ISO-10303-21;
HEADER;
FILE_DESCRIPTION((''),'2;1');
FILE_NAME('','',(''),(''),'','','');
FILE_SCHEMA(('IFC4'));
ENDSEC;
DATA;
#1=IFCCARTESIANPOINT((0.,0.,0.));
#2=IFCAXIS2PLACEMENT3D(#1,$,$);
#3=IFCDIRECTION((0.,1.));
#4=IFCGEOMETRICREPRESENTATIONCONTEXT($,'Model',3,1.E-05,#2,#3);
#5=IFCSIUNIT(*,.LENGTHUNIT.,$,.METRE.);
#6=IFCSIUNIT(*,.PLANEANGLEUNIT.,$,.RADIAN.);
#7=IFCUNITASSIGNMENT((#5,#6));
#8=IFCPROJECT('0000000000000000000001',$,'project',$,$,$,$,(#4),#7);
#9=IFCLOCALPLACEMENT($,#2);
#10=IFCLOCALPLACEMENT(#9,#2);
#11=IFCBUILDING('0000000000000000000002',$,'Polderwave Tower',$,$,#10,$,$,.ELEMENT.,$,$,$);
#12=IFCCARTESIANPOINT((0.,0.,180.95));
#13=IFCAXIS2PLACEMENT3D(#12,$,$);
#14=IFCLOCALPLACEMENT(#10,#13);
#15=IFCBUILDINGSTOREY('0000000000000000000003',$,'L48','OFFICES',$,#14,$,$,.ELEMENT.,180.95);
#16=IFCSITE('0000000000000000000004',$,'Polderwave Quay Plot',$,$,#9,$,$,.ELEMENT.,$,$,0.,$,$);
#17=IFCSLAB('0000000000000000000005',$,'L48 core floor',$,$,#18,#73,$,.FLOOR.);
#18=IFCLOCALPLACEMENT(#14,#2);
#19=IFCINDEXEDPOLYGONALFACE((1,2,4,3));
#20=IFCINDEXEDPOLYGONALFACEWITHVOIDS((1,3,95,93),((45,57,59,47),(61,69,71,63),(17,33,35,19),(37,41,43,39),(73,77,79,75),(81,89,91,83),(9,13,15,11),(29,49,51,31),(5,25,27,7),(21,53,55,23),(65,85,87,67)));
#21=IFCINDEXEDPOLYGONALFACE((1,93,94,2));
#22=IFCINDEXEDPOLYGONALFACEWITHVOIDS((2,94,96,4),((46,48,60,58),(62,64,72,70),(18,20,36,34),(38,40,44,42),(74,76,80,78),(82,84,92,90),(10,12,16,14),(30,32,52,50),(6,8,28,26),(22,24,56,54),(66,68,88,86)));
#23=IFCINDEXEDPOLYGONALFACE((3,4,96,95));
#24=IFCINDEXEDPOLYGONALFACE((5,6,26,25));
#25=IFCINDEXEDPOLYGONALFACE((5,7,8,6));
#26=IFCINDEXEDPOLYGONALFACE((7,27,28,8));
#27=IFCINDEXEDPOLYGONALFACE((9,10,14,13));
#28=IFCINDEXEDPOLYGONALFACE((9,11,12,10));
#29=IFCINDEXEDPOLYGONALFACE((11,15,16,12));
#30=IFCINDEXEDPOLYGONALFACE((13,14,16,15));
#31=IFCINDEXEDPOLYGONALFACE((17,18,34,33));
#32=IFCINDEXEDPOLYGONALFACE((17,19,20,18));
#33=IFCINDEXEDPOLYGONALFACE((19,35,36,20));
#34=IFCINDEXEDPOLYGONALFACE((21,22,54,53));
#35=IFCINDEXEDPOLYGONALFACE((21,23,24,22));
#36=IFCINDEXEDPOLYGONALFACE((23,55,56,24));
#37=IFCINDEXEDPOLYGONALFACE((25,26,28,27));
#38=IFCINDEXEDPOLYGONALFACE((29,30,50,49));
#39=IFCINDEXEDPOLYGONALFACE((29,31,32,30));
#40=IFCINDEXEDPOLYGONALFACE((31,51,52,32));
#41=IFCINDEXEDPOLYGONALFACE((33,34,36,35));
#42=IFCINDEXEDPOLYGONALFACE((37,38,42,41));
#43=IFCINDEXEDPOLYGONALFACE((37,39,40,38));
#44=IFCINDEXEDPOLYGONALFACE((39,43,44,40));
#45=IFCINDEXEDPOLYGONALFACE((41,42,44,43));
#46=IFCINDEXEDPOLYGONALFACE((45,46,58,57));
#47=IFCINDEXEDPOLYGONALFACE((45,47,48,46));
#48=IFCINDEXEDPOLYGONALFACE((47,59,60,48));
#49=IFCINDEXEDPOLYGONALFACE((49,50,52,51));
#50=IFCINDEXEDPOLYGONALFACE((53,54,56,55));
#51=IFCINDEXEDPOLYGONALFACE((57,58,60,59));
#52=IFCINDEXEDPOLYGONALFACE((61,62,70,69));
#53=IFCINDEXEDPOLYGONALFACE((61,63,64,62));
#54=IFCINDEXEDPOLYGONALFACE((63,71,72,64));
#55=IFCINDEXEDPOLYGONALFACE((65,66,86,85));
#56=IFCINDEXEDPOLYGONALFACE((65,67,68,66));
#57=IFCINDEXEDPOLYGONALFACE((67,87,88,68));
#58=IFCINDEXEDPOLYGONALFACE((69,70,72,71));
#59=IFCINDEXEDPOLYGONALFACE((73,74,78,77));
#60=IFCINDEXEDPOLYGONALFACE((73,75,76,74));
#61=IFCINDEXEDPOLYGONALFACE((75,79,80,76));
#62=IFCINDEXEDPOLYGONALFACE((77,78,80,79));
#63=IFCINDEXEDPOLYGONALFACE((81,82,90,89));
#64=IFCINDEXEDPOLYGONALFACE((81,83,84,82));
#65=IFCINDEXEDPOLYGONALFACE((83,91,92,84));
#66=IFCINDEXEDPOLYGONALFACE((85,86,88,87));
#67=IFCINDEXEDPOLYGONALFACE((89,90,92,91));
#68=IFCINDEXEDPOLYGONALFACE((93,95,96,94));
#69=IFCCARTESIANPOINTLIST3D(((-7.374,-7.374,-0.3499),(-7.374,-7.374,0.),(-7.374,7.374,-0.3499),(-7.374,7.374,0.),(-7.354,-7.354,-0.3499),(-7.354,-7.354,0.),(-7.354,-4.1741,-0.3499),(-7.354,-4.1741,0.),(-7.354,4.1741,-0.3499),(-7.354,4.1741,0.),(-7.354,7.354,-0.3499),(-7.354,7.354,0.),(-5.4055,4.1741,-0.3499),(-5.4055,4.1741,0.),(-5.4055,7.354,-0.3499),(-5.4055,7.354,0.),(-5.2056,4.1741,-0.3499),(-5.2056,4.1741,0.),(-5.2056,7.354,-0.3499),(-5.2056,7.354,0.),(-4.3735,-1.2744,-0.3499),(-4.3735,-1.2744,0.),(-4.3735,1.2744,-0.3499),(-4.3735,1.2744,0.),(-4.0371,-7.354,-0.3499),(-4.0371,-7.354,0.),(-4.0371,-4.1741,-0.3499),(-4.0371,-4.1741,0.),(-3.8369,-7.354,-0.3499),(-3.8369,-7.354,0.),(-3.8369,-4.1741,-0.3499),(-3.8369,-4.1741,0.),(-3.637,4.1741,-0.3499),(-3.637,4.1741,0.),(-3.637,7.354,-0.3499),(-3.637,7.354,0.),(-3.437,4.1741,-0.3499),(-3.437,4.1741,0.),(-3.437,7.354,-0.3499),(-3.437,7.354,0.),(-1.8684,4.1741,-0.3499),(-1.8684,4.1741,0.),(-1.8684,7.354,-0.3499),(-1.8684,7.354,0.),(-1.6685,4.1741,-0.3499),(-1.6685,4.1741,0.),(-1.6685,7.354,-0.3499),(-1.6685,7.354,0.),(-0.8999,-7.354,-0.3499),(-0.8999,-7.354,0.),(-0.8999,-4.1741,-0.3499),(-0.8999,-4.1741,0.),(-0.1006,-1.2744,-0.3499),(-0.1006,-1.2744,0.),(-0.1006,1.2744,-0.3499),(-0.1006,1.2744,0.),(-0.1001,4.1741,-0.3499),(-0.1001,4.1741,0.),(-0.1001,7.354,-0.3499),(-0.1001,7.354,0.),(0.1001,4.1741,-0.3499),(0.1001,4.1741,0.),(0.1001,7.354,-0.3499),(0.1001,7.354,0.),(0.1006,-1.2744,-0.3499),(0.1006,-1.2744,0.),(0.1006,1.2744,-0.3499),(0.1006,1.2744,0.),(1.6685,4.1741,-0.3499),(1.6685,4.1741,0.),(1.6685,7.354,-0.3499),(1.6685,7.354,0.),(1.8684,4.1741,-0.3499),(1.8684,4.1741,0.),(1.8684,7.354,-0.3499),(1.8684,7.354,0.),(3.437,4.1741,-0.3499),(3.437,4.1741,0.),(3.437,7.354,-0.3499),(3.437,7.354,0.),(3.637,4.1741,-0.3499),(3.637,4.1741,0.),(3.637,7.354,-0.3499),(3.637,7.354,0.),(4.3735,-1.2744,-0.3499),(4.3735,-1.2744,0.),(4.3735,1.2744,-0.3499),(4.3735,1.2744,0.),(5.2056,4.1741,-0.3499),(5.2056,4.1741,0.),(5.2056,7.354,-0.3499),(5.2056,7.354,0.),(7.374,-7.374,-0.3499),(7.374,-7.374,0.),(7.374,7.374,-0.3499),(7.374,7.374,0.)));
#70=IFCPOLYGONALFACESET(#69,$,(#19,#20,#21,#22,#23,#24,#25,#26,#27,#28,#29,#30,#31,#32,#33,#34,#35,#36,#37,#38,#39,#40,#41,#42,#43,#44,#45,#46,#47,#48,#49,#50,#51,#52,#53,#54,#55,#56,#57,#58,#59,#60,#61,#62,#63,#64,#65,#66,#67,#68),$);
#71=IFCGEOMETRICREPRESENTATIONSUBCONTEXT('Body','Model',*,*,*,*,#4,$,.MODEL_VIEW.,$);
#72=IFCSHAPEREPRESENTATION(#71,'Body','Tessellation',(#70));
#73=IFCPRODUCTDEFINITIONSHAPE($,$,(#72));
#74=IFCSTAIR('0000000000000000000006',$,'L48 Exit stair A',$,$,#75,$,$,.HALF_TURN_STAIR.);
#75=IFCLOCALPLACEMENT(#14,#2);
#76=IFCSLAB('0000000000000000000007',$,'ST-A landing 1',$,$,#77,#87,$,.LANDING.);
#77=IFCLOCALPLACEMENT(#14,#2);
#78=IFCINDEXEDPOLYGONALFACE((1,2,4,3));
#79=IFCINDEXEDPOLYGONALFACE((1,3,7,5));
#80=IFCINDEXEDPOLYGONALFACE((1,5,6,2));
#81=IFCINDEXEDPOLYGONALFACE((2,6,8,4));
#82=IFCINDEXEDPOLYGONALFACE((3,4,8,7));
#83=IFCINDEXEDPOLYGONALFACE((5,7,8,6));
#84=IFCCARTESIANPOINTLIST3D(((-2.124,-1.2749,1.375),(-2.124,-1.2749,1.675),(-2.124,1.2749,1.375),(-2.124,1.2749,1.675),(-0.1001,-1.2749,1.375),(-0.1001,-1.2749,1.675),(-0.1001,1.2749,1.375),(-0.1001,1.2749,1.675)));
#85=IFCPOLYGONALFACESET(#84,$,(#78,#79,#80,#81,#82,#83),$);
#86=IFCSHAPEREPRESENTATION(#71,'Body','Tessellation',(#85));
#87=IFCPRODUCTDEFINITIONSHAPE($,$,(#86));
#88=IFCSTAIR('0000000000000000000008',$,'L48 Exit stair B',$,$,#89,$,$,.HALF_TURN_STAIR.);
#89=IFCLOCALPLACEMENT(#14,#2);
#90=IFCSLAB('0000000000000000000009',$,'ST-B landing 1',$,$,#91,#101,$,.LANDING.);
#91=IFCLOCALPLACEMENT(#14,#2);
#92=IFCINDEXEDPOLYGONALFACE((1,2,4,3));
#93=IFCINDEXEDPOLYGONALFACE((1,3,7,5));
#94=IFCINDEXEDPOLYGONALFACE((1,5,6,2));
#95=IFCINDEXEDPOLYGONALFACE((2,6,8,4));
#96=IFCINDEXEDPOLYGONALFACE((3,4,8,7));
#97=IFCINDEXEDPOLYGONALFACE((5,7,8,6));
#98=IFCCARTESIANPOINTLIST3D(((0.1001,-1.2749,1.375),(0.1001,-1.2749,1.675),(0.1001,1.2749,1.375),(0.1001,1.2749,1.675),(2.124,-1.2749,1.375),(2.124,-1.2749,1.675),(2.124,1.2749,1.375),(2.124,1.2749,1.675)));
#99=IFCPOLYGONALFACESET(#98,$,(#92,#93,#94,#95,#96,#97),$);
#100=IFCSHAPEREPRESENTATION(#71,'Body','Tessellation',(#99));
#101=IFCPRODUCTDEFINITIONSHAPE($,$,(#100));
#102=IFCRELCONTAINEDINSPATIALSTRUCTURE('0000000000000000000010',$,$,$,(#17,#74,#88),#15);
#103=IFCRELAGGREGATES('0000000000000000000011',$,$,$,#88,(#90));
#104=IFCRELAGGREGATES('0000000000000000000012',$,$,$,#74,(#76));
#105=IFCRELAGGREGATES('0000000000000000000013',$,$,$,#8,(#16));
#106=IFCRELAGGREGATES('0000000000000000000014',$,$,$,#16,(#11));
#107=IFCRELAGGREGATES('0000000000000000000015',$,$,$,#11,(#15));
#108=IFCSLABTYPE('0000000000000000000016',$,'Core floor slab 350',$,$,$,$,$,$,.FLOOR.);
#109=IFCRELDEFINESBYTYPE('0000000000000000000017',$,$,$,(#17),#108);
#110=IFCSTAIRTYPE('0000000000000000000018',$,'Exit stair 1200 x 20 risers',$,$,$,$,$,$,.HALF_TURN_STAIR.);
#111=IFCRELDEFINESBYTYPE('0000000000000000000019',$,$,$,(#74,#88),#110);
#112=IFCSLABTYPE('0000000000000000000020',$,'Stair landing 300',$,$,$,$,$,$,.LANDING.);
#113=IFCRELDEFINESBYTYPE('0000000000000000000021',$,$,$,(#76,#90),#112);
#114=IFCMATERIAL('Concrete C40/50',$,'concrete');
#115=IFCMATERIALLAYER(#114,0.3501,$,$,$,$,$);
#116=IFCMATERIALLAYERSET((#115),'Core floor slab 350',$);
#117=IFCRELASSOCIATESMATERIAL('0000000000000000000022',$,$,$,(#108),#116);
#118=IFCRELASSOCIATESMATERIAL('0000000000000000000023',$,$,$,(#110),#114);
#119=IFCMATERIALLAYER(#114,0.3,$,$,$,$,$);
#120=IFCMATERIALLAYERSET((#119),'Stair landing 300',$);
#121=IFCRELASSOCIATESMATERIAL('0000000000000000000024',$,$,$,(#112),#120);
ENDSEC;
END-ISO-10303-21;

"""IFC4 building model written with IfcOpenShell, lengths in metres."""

from ifc_helpers import new_model, si_unit, direction, frame, origin, place, context, subcontext, project, spatial, polyline, outline, extrude, material, layer, layer_set, type_object, element, aggregate, save


model = new_model("IFC4")

# Units and contexts
model_context = context("Model", 3, precision=1e-05, world=origin(), true_north=direction((0.0, 1.0)))
body_context = subcontext(model_context, "Body", "Model", "MODEL_VIEW")
ifc_project = project(units=[si_unit("LENGTHUNIT", "METRE"), si_unit("PLANEANGLEUNIT", "RADIAN")], contexts=[model_context])

# Site, building, storey
site_placement = place(None, origin())
site = spatial("IfcSite", under=ifc_project, at=site_placement, Name="Polderwave Quay Plot", CompositionType="ELEMENT", RefElevation=0.0)
building_placement = place(site_placement, origin())
building = spatial("IfcBuilding", under=site, at=building_placement, Name="Polderwave Tower", CompositionType="ELEMENT")
storey_placement = place(building_placement, frame((0.0, 0.0, 180.95)))
storey = spatial("IfcBuildingStorey", under=building, at=storey_placement, Name="L48", Description="OFFICES", CompositionType="ELEMENT", Elevation=180.95)

# Slab
ifc_material_1 = material(Name="Concrete C40/50", Category="concrete")
ifc_layer_1 = layer(ifc_material_1, 0.3501)
ifc_layer_set_1 = layer_set([ifc_layer_1], Name="Core floor slab 350")
slab_type_1 = type_object("IfcSlabType", Name="Core floor slab 350", PredefinedType="FLOOR", material=ifc_layer_set_1)
slab_1_placement = place(storey_placement, frame((0.0, 0.0, -0.3499)))
element("IfcSlab", 1, at=slab_1_placement, inside=storey, type_object=slab_type_1, Name="L48 core floor", PredefinedType="FLOOR", context=body_context, shape_type="SweptSolid", body=[
    extrude(outline(polyline([(-7.374, -7.374), (7.374, -7.374), (7.374, 7.374), (-7.374, 7.374), (-7.374, -7.374)]), holes=[polyline([(-7.354, -7.354), (-4.0371, -7.354), (-4.0371, -4.1741), (-7.354, -4.1741), (-7.354, -7.354)]), polyline([(-3.8369, -7.354), (-0.8999, -7.354), (-0.8999, -4.1741), (-3.8369, -4.1741), (-3.8369, -7.354)]), polyline([(-7.354, 4.1741), (-5.4055, 4.1741), (-5.4055, 7.354), (-7.354, 7.354), (-7.354, 4.1741)]), polyline([(-5.2056, 4.1741), (-3.637, 4.1741), (-3.637, 7.354), (-5.2056, 7.354), (-5.2056, 4.1741)]), polyline([(-3.437, 4.1741), (-1.8684, 4.1741), (-1.8684, 7.354), (-3.437, 7.354), (-3.437, 4.1741)]), polyline([(-1.6685, 4.1741), (-0.1001, 4.1741), (-0.1001, 7.354), (-1.6685, 7.354), (-1.6685, 4.1741)]), polyline([(0.1001, 4.1741), (1.6685, 4.1741), (1.6685, 7.354), (0.1001, 7.354), (0.1001, 4.1741)]), polyline([(1.8684, 4.1741), (3.437, 4.1741), (3.437, 7.354), (1.8684, 7.354), (1.8684, 4.1741)]), polyline([(3.637, 4.1741), (5.2056, 4.1741), (5.2056, 7.354), (3.637, 7.354), (3.637, 4.1741)]), polyline([(-4.3735, -1.2744), (-0.1006, -1.2744), (-0.1006, 1.2744), (-4.3735, 1.2744), (-4.3735, -1.2744)]), polyline([(0.1006, -1.2744), (4.3735, -1.2744), (4.3735, 1.2744), (0.1006, 1.2744), (0.1006, -1.2744)])]), origin(), (0.0, 0.0, 1.0), 0.3499),
])

# Stairs, slabs
stair_type = type_object("IfcStairType", Name="Exit stair 1200 x 20 risers", PredefinedType="HALF_TURN_STAIR", material=ifc_material_1)
stair_1_placement = place(storey_placement, origin())
stair_1 = element("IfcStair", 2, at=stair_1_placement, inside=storey, type_object=stair_type, Name="L48 Exit stair A", PredefinedType="HALF_TURN_STAIR")
ifc_layer_2 = layer(ifc_material_1, 0.3)
ifc_layer_set_2 = layer_set([ifc_layer_2], Name="Stair landing 300")
slab_type_2 = type_object("IfcSlabType", Name="Stair landing 300", PredefinedType="LANDING", material=ifc_layer_set_2)
slab_2_placement = place(storey_placement, frame((0.0, 0.0, 1.375)))
slab_2 = element("IfcSlab", 3, at=slab_2_placement, type_object=slab_type_2, Name="ST-A landing 1", PredefinedType="LANDING", context=body_context, shape_type="SweptSolid", body=[
    extrude(outline(polyline([(-2.124, -1.2749), (-0.1001, -1.2749), (-0.1001, 1.2749), (-2.124, 1.2749), (-2.124, -1.2749)])), origin(), (0.0, 0.0, 1.0), 0.3),
])
stair_2_placement = place(storey_placement, origin())
stair_2 = element("IfcStair", 4, at=stair_2_placement, inside=storey, type_object=stair_type, Name="L48 Exit stair B", PredefinedType="HALF_TURN_STAIR")
slab_3_placement = place(storey_placement, frame((0.0, 0.0, 1.375)))
slab_3 = element("IfcSlab", 5, at=slab_3_placement, type_object=slab_type_2, Name="ST-B landing 1", PredefinedType="LANDING", context=body_context, shape_type="SweptSolid", body=[
    extrude(outline(polyline([(2.124, 1.2749), (0.1001, 1.2749), (0.1001, -1.2749), (2.124, -1.2749), (2.124, 1.2749)])), origin(), (0.0, 0.0, 1.0), 0.3),
])
aggregate(stair_2, [slab_3])

aggregate(stair_1, [slab_2])

save(model, "model.ifc")
